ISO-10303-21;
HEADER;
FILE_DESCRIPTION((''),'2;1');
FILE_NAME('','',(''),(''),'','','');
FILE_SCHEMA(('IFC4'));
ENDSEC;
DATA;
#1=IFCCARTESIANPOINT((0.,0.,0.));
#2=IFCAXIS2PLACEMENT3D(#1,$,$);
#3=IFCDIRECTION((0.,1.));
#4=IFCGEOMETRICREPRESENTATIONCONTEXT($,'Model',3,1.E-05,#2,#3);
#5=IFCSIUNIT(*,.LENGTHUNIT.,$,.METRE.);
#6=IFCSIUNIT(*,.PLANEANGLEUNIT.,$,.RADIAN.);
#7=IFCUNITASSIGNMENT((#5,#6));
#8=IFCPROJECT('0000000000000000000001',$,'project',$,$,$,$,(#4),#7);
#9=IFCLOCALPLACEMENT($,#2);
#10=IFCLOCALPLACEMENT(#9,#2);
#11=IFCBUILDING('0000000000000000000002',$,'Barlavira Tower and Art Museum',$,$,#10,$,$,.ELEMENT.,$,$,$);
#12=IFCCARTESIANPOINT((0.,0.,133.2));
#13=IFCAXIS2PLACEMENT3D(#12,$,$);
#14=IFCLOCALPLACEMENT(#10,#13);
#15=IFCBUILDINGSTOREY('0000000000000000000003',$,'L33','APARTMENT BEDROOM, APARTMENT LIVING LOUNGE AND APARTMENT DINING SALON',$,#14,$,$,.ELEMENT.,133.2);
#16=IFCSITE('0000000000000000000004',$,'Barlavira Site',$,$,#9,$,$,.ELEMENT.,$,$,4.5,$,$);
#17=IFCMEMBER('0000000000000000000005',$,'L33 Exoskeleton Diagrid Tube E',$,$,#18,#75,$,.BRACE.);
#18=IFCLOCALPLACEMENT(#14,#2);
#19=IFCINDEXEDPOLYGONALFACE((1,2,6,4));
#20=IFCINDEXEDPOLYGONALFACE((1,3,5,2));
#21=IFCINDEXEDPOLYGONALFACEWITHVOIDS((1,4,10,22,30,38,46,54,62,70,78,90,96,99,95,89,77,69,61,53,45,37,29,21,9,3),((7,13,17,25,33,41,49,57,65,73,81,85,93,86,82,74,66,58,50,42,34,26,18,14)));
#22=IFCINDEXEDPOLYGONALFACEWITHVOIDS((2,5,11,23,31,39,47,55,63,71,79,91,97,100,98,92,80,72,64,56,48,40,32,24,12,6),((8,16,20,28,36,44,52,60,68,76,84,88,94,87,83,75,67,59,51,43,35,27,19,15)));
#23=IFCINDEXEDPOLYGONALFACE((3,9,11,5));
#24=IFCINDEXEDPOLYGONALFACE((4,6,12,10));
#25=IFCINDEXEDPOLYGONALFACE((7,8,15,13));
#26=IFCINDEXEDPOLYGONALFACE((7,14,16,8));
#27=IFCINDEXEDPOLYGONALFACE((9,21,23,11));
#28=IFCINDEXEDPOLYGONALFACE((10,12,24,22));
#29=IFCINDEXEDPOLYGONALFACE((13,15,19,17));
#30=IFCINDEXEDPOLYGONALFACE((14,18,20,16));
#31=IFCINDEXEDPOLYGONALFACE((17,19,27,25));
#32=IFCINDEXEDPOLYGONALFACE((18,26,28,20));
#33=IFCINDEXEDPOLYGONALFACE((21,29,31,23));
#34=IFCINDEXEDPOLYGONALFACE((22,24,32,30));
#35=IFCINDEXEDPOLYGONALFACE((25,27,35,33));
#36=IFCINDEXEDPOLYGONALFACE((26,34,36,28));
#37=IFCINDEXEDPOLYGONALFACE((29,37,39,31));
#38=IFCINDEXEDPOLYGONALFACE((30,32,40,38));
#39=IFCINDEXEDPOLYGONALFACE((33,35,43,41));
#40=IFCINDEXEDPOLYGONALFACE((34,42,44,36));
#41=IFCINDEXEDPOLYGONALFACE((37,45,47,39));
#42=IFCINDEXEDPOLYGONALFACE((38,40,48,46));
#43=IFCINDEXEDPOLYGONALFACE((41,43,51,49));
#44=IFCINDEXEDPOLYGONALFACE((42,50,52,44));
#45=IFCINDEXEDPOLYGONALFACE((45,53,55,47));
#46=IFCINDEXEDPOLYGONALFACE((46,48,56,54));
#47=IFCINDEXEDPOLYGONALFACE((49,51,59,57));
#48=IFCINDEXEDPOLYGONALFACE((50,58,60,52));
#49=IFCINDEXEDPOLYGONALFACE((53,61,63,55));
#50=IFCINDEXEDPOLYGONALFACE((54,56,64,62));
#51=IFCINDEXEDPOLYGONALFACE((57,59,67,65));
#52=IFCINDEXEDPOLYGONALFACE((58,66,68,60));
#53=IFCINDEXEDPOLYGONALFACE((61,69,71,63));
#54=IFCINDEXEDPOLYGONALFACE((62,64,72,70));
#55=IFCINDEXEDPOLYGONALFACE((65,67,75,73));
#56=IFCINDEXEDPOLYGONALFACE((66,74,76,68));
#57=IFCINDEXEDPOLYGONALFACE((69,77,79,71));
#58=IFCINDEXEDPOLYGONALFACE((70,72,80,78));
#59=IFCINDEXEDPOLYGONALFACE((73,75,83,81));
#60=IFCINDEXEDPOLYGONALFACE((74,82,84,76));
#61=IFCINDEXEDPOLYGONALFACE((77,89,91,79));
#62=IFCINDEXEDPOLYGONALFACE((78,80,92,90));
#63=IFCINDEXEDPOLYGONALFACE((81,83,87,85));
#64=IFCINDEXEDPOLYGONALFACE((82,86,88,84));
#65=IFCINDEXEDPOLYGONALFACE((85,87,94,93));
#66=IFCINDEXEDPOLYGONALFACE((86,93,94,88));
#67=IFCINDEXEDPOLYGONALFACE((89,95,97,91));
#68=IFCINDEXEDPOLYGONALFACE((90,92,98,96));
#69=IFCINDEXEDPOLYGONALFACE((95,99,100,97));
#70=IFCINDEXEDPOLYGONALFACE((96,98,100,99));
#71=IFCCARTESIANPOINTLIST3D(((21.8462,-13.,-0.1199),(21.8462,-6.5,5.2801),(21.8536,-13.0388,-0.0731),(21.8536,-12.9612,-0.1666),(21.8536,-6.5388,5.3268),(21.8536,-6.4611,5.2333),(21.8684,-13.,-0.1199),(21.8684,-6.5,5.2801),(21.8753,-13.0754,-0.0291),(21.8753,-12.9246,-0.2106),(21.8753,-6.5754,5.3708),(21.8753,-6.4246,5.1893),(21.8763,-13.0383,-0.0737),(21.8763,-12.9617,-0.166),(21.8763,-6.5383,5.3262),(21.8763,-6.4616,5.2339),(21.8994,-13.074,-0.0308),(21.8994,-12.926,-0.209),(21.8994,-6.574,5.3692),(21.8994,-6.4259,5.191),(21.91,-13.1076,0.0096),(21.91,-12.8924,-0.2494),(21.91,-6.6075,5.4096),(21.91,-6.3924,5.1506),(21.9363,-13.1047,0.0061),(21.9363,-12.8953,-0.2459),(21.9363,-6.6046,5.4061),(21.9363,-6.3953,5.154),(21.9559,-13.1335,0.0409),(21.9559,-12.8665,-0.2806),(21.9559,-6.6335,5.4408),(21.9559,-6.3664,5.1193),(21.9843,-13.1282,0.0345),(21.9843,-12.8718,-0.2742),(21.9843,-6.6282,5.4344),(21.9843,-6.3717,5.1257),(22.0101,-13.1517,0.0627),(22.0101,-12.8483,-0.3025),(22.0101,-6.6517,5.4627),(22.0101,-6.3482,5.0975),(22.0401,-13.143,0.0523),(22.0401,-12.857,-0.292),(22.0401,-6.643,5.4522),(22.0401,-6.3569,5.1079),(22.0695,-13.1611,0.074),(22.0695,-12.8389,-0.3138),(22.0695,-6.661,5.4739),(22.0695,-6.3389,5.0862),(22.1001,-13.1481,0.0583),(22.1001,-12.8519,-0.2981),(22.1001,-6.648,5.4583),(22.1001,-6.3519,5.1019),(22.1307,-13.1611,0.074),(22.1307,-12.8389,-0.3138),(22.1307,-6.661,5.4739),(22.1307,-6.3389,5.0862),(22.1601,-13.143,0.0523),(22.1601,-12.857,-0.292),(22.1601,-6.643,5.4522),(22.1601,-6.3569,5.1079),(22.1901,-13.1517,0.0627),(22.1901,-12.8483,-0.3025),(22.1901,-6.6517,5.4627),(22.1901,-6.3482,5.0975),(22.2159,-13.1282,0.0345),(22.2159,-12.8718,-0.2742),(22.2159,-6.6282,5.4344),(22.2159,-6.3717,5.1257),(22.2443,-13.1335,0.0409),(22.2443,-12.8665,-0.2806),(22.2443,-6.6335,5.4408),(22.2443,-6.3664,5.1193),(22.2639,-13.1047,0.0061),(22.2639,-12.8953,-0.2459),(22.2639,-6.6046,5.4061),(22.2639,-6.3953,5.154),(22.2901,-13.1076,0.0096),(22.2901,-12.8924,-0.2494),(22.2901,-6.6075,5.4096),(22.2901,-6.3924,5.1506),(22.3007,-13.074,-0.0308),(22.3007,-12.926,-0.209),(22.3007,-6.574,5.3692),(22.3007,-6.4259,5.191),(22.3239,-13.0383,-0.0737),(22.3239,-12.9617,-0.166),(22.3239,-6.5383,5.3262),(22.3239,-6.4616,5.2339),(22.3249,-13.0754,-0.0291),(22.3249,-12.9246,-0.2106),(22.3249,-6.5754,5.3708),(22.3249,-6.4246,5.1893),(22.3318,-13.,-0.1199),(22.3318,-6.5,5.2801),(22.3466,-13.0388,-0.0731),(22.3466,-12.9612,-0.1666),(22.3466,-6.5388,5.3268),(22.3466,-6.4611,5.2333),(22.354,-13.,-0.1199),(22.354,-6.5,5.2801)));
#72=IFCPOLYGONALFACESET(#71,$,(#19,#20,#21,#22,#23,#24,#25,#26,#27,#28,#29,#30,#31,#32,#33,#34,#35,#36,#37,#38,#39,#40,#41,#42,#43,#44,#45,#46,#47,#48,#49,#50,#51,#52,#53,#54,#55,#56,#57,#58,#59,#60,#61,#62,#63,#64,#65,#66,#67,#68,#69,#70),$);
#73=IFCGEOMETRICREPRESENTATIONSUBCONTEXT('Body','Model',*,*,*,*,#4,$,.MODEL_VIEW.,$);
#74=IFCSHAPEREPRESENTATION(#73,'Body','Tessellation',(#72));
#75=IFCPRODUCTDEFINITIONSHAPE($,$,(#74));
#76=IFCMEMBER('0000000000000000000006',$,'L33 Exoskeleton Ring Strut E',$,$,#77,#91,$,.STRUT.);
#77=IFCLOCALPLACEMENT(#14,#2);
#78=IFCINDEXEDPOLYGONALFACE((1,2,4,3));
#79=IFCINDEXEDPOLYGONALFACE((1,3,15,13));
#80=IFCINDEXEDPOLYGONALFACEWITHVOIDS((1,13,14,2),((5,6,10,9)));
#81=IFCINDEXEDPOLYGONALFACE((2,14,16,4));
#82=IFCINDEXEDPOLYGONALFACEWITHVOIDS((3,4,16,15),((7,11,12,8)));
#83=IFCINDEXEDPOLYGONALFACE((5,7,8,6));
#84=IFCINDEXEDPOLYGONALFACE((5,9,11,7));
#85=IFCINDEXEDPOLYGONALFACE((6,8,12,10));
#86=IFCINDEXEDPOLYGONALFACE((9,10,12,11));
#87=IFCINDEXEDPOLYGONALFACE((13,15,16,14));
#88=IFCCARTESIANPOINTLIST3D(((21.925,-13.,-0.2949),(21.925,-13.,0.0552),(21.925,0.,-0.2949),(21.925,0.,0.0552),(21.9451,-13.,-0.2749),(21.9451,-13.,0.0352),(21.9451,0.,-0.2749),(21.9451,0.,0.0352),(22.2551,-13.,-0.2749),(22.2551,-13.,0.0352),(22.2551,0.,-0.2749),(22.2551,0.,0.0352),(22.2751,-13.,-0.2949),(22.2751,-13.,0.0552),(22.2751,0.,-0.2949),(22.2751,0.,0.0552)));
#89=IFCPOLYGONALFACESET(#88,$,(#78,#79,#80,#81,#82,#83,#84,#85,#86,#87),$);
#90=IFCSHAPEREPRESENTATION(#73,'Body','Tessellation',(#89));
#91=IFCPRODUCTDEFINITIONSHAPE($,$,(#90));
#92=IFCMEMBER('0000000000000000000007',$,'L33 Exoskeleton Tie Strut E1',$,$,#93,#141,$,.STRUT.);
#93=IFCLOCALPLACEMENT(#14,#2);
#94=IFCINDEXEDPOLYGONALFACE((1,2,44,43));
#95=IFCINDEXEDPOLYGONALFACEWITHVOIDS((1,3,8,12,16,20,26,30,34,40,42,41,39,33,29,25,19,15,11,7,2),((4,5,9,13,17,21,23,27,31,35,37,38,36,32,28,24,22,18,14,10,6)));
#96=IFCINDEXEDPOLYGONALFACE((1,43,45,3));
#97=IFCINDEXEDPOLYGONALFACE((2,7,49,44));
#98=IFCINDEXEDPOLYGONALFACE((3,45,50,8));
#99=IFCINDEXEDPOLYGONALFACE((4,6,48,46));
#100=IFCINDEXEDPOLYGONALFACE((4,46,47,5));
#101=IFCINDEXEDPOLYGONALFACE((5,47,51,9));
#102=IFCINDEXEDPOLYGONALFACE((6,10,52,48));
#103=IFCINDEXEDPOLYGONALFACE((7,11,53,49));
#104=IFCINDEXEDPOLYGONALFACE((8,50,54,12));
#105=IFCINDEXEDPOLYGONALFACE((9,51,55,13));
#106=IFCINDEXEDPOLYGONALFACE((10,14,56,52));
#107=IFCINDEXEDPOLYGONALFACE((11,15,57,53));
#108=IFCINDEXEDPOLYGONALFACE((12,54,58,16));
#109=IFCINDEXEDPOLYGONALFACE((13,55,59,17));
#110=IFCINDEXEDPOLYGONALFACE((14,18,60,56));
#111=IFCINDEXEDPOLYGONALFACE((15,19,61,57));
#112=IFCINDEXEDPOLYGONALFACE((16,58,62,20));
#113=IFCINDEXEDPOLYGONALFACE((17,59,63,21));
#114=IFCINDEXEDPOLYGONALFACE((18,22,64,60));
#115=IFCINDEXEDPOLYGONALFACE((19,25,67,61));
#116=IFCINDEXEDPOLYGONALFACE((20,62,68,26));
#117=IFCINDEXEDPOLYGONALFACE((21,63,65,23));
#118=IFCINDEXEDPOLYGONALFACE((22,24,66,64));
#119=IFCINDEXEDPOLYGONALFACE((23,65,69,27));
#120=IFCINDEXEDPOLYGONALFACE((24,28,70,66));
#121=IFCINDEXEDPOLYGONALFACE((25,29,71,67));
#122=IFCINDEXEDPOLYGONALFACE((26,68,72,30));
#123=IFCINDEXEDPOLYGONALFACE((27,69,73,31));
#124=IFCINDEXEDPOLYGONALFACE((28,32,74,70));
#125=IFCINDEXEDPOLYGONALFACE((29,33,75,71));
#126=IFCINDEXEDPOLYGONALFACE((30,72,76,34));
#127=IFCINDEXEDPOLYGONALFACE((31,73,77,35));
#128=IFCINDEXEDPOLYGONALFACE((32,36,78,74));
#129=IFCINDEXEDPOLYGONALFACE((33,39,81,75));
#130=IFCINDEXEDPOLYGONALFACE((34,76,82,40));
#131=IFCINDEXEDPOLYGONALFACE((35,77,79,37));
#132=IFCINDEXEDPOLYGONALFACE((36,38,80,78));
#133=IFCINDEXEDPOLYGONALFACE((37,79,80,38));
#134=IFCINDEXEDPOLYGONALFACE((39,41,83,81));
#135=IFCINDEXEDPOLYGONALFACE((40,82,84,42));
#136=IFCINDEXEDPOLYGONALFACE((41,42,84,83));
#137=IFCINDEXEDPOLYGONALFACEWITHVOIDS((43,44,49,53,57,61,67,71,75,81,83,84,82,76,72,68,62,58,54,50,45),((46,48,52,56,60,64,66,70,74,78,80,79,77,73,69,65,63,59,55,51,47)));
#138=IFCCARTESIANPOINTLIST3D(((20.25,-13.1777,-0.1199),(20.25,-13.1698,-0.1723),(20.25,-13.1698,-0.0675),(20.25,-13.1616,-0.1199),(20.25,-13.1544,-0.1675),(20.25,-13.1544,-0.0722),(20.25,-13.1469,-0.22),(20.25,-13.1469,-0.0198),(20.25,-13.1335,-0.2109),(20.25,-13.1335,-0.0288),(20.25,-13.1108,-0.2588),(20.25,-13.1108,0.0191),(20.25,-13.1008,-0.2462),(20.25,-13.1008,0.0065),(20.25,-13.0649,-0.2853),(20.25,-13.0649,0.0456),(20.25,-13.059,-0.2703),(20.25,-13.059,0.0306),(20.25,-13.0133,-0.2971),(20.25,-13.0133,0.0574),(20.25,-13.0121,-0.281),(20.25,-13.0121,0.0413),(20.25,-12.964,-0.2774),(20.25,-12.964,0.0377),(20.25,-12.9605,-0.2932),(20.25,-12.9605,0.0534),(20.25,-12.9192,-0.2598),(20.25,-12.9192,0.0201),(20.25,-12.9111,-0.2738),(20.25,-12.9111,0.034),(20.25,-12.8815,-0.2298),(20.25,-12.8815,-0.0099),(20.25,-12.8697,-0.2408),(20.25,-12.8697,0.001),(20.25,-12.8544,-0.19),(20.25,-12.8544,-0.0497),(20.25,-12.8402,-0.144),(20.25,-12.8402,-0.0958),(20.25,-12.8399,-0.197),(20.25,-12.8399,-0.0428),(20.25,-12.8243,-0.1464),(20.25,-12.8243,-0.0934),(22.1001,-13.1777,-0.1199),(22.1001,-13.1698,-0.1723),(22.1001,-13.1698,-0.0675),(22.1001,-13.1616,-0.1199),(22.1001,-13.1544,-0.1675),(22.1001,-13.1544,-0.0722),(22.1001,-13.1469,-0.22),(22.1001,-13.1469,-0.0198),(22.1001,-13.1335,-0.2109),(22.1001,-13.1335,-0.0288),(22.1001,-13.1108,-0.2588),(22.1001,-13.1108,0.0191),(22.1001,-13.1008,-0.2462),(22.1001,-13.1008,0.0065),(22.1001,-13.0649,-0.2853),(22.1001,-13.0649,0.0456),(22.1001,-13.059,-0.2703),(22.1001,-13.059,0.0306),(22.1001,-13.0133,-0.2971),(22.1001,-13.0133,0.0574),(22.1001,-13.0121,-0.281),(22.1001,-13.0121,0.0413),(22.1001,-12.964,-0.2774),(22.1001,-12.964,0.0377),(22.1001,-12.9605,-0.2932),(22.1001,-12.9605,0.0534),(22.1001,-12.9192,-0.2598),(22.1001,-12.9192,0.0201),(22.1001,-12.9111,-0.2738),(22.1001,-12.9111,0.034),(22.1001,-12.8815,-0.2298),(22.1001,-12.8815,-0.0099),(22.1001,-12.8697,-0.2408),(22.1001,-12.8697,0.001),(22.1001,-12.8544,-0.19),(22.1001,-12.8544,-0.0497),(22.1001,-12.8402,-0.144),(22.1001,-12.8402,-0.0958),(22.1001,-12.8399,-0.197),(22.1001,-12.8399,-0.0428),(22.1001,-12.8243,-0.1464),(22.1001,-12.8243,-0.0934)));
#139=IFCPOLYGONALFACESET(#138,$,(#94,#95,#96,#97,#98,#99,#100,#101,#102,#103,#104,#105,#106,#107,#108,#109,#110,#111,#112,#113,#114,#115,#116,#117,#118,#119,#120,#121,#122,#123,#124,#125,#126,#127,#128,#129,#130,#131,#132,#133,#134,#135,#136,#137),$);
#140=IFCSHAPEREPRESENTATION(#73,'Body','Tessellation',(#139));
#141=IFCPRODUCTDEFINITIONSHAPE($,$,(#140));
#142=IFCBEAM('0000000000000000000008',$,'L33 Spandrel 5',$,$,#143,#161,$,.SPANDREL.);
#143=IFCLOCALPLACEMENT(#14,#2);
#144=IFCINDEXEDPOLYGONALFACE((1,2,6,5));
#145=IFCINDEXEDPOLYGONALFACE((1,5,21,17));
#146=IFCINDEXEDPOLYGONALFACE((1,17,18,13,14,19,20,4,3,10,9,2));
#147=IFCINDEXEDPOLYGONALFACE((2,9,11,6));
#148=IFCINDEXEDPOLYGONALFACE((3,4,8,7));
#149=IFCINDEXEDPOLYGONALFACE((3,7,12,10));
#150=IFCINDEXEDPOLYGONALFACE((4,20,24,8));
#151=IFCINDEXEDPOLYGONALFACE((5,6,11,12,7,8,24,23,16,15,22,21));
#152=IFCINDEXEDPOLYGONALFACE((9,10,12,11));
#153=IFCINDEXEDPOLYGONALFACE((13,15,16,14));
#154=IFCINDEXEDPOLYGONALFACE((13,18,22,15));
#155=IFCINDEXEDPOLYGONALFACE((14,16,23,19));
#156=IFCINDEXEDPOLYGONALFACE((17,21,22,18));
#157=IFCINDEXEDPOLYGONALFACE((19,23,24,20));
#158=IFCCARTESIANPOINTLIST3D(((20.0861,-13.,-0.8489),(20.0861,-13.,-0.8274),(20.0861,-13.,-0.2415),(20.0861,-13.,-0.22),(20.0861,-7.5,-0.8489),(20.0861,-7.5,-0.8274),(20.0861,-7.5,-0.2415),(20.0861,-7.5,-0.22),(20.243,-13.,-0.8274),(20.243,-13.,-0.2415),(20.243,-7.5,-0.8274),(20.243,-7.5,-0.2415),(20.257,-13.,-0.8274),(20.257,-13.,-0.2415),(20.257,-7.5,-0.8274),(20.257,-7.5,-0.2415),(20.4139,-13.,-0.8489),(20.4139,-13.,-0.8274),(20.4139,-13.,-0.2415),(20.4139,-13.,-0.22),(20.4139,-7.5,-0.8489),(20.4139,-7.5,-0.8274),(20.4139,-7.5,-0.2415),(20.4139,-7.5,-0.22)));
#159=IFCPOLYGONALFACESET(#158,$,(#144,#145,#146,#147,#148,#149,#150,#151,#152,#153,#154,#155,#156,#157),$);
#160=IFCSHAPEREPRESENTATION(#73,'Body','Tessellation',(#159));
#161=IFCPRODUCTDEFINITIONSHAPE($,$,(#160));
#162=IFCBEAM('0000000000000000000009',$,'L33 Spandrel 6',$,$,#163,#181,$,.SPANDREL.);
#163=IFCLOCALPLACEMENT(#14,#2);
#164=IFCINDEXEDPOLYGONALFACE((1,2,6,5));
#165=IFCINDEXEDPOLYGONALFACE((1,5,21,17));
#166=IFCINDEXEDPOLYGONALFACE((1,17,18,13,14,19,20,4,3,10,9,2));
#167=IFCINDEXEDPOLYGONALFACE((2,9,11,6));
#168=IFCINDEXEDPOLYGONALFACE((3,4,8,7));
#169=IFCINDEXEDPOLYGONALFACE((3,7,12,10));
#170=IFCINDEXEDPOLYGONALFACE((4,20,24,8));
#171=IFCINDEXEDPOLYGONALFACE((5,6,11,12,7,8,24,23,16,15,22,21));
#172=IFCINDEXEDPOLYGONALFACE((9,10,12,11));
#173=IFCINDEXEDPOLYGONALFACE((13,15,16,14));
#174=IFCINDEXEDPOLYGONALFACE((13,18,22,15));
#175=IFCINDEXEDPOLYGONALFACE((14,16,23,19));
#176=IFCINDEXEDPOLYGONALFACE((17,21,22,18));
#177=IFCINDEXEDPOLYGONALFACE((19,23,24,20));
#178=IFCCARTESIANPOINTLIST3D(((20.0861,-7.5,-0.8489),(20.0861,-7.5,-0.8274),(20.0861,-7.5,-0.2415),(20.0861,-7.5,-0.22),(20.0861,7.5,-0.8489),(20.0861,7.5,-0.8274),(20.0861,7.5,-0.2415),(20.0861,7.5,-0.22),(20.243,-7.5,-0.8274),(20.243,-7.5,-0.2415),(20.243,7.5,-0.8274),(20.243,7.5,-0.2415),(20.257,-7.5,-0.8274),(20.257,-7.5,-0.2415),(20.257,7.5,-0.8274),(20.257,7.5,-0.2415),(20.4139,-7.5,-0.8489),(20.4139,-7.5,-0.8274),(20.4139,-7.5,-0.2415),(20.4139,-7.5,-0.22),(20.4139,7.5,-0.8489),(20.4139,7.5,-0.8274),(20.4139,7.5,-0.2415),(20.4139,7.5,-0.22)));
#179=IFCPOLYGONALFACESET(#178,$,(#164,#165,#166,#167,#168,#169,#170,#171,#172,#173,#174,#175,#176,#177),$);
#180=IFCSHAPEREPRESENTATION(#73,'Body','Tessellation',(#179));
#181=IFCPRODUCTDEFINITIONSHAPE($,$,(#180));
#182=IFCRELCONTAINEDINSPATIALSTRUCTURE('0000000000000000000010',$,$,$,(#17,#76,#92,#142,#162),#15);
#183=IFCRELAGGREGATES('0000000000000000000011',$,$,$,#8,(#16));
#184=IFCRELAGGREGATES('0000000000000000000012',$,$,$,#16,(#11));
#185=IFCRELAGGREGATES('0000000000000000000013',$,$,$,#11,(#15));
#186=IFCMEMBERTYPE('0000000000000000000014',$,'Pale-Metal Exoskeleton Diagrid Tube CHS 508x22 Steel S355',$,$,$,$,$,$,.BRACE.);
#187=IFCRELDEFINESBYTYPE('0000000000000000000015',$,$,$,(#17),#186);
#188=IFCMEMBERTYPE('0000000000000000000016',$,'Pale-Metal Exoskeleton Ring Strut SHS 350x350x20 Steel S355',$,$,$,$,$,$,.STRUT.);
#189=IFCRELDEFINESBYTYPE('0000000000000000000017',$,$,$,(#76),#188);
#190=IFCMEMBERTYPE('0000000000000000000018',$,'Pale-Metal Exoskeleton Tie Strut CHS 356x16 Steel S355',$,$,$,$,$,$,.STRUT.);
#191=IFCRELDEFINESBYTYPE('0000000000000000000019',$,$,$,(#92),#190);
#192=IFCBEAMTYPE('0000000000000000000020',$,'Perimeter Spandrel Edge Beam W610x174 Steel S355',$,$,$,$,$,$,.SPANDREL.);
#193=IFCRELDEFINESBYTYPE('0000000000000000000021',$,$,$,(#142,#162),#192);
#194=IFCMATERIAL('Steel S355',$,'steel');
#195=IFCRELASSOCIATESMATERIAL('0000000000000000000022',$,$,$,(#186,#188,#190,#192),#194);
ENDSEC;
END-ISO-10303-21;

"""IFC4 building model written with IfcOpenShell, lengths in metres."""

from ifc_helpers import new_model, si_unit, direction, frame, origin, origin_2d, place, context, subcontext, project, spatial, hollow_rectangle, hollow_circle, i_section, extrude, material, material_profile, profile_set, type_object, element, save


model = new_model("IFC4")

# Units and contexts
model_context = context("Model", 3, precision=1e-05, world=origin(), true_north=direction((0.0, 1.0)))
body_context = subcontext(model_context, "Body", "Model", "MODEL_VIEW")
ifc_project = project(units=[si_unit("LENGTHUNIT", "METRE"), si_unit("PLANEANGLEUNIT", "RADIAN")], contexts=[model_context])

# Site, building, storey
site_placement = place(None, origin())
site = spatial("IfcSite", under=ifc_project, at=site_placement, Name="Barlavira Site", CompositionType="ELEMENT", RefElevation=4.5)
building_placement = place(site_placement, origin())
building = spatial("IfcBuilding", under=site, at=building_placement, Name="Barlavira Tower and Art Museum", CompositionType="ELEMENT")
storey_placement = place(building_placement, frame((0.0, 0.0, 133.2)))
storey = spatial("IfcBuildingStorey", under=building, at=storey_placement, Name="L33", Description="APARTMENT BEDROOM, APARTMENT LIVING LOUNGE AND APARTMENT DINING SALON", CompositionType="ELEMENT", Elevation=133.2)

# Members
ifc_material_1 = material(Name="Steel S355", Category="steel")
ifc_material_profile_1 = material_profile(ifc_material_1, hollow_circle(Radius=0.2539, WallThickness=0.0222, at=origin_2d()), Name="CHS 508.0x22.2")
ifc_profile_set_1 = profile_set([ifc_material_profile_1], Name="Steel S355")
member_type_1 = type_object("IfcMemberType", Name="Pale-Metal Exoskeleton Diagrid Tube CHS 508x22 Steel S355", PredefinedType="BRACE", material=ifc_profile_set_1)
member_1_placement = place(storey_placement, frame((22.1001, -13.0, -0.1199), z_axis=(0.0, 0.769196, 0.639013), x_axis=(-1.0, 0.0, 0.0)))
element("IfcMember", 1, at=member_1_placement, inside=storey, type_object=member_type_1, Name="L33 Exoskeleton Diagrid Tube E", PredefinedType="BRACE", context=body_context, shape_type="SweptSolid", body=[
    extrude(hollow_circle(Radius=0.2539, WallThickness=0.0222, at=origin_2d()), origin(), (0.0, 0.0, 1.0), 8.4504),
])
ifc_material_profile_2 = material_profile(ifc_material_1, hollow_rectangle(XDim=0.3501, YDim=0.3501, WallThickness=0.02, at=origin_2d()), Name="SHS 350x350x20.0")
ifc_profile_set_2 = profile_set([ifc_material_profile_2], Name="Steel S355")
member_type_2 = type_object("IfcMemberType", Name="Pale-Metal Exoskeleton Ring Strut SHS 350x350x20 Steel S355", PredefinedType="STRUT", material=ifc_profile_set_2)
member_2_placement = place(storey_placement, frame((22.1001, -13.0, -0.1199), z_axis=(0.0, 1.0, 0.0), x_axis=(-1.0, 0.0, 0.0)))
element("IfcMember", 2, at=member_2_placement, inside=storey, type_object=member_type_2, Name="L33 Exoskeleton Ring Strut E", PredefinedType="STRUT", context=body_context, shape_type="SweptSolid", body=[
    extrude(hollow_rectangle(XDim=0.3501, YDim=0.3501, WallThickness=0.02, at=origin_2d()), origin(), (0.0, 0.0, 1.0), 13.0),
])
ifc_material_profile_3 = material_profile(ifc_material_1, hollow_circle(Radius=0.1777, WallThickness=0.0161, at=origin_2d()), Name="CHS 355.6x16.0")
ifc_profile_set_3 = profile_set([ifc_material_profile_3], Name="Steel S355")
member_type_3 = type_object("IfcMemberType", Name="Pale-Metal Exoskeleton Tie Strut CHS 356x16 Steel S355", PredefinedType="STRUT", material=ifc_profile_set_3)
member_3_placement = place(storey_placement, frame((22.1001, -13.0, -0.1199), z_axis=(-1.0, 0.0, 0.0), x_axis=(0.0, -1.0, 0.0)))
element("IfcMember", 3, at=member_3_placement, inside=storey, type_object=member_type_3, Name="L33 Exoskeleton Tie Strut E1", PredefinedType="STRUT", context=body_context, shape_type="SweptSolid", body=[
    extrude(hollow_circle(Radius=0.1777, WallThickness=0.0161, at=origin_2d()), origin(), (0.0, 0.0, 1.0), 1.8501),
])

# Beams
ifc_material_profile_4 = material_profile(ifc_material_1, i_section(OverallWidth=0.3279, OverallDepth=0.6289, WebThickness=0.0139, FlangeThickness=0.0215, at=origin_2d()), Name="W610x174.0")
ifc_profile_set_4 = profile_set([ifc_material_profile_4], Name="Steel S355")
beam_type_1 = type_object("IfcBeamType", Name="Perimeter Spandrel Edge Beam W610x174 Steel S355", PredefinedType="SPANDREL", material=ifc_profile_set_4)
beam_1_placement = place(storey_placement, frame((20.25, -13.0, -0.5344), z_axis=(0.0, 1.0, 0.0), x_axis=(-1.0, 0.0, 0.0)))
element("IfcBeam", 4, at=beam_1_placement, inside=storey, type_object=beam_type_1, Name="L33 Spandrel 5", PredefinedType="SPANDREL", context=body_context, shape_type="SweptSolid", body=[
    extrude(i_section(OverallWidth=0.3279, OverallDepth=0.6289, WebThickness=0.0139, FlangeThickness=0.0215, at=origin_2d()), origin(), (0.0, 0.0, 1.0), 5.5),
])
beam_2_placement = place(storey_placement, frame((20.25, -7.5, -0.5344), z_axis=(0.0, 1.0, 0.0), x_axis=(-1.0, 0.0, 0.0)))
element("IfcBeam", 5, at=beam_2_placement, inside=storey, type_object=beam_type_1, Name="L33 Spandrel 6", PredefinedType="SPANDREL", context=body_context, shape_type="SweptSolid", body=[
    extrude(i_section(OverallWidth=0.3279, OverallDepth=0.6289, WebThickness=0.0139, FlangeThickness=0.0215, at=origin_2d()), origin(), (0.0, 0.0, 1.0), 15.0),
])

save(model, "model.ifc")
